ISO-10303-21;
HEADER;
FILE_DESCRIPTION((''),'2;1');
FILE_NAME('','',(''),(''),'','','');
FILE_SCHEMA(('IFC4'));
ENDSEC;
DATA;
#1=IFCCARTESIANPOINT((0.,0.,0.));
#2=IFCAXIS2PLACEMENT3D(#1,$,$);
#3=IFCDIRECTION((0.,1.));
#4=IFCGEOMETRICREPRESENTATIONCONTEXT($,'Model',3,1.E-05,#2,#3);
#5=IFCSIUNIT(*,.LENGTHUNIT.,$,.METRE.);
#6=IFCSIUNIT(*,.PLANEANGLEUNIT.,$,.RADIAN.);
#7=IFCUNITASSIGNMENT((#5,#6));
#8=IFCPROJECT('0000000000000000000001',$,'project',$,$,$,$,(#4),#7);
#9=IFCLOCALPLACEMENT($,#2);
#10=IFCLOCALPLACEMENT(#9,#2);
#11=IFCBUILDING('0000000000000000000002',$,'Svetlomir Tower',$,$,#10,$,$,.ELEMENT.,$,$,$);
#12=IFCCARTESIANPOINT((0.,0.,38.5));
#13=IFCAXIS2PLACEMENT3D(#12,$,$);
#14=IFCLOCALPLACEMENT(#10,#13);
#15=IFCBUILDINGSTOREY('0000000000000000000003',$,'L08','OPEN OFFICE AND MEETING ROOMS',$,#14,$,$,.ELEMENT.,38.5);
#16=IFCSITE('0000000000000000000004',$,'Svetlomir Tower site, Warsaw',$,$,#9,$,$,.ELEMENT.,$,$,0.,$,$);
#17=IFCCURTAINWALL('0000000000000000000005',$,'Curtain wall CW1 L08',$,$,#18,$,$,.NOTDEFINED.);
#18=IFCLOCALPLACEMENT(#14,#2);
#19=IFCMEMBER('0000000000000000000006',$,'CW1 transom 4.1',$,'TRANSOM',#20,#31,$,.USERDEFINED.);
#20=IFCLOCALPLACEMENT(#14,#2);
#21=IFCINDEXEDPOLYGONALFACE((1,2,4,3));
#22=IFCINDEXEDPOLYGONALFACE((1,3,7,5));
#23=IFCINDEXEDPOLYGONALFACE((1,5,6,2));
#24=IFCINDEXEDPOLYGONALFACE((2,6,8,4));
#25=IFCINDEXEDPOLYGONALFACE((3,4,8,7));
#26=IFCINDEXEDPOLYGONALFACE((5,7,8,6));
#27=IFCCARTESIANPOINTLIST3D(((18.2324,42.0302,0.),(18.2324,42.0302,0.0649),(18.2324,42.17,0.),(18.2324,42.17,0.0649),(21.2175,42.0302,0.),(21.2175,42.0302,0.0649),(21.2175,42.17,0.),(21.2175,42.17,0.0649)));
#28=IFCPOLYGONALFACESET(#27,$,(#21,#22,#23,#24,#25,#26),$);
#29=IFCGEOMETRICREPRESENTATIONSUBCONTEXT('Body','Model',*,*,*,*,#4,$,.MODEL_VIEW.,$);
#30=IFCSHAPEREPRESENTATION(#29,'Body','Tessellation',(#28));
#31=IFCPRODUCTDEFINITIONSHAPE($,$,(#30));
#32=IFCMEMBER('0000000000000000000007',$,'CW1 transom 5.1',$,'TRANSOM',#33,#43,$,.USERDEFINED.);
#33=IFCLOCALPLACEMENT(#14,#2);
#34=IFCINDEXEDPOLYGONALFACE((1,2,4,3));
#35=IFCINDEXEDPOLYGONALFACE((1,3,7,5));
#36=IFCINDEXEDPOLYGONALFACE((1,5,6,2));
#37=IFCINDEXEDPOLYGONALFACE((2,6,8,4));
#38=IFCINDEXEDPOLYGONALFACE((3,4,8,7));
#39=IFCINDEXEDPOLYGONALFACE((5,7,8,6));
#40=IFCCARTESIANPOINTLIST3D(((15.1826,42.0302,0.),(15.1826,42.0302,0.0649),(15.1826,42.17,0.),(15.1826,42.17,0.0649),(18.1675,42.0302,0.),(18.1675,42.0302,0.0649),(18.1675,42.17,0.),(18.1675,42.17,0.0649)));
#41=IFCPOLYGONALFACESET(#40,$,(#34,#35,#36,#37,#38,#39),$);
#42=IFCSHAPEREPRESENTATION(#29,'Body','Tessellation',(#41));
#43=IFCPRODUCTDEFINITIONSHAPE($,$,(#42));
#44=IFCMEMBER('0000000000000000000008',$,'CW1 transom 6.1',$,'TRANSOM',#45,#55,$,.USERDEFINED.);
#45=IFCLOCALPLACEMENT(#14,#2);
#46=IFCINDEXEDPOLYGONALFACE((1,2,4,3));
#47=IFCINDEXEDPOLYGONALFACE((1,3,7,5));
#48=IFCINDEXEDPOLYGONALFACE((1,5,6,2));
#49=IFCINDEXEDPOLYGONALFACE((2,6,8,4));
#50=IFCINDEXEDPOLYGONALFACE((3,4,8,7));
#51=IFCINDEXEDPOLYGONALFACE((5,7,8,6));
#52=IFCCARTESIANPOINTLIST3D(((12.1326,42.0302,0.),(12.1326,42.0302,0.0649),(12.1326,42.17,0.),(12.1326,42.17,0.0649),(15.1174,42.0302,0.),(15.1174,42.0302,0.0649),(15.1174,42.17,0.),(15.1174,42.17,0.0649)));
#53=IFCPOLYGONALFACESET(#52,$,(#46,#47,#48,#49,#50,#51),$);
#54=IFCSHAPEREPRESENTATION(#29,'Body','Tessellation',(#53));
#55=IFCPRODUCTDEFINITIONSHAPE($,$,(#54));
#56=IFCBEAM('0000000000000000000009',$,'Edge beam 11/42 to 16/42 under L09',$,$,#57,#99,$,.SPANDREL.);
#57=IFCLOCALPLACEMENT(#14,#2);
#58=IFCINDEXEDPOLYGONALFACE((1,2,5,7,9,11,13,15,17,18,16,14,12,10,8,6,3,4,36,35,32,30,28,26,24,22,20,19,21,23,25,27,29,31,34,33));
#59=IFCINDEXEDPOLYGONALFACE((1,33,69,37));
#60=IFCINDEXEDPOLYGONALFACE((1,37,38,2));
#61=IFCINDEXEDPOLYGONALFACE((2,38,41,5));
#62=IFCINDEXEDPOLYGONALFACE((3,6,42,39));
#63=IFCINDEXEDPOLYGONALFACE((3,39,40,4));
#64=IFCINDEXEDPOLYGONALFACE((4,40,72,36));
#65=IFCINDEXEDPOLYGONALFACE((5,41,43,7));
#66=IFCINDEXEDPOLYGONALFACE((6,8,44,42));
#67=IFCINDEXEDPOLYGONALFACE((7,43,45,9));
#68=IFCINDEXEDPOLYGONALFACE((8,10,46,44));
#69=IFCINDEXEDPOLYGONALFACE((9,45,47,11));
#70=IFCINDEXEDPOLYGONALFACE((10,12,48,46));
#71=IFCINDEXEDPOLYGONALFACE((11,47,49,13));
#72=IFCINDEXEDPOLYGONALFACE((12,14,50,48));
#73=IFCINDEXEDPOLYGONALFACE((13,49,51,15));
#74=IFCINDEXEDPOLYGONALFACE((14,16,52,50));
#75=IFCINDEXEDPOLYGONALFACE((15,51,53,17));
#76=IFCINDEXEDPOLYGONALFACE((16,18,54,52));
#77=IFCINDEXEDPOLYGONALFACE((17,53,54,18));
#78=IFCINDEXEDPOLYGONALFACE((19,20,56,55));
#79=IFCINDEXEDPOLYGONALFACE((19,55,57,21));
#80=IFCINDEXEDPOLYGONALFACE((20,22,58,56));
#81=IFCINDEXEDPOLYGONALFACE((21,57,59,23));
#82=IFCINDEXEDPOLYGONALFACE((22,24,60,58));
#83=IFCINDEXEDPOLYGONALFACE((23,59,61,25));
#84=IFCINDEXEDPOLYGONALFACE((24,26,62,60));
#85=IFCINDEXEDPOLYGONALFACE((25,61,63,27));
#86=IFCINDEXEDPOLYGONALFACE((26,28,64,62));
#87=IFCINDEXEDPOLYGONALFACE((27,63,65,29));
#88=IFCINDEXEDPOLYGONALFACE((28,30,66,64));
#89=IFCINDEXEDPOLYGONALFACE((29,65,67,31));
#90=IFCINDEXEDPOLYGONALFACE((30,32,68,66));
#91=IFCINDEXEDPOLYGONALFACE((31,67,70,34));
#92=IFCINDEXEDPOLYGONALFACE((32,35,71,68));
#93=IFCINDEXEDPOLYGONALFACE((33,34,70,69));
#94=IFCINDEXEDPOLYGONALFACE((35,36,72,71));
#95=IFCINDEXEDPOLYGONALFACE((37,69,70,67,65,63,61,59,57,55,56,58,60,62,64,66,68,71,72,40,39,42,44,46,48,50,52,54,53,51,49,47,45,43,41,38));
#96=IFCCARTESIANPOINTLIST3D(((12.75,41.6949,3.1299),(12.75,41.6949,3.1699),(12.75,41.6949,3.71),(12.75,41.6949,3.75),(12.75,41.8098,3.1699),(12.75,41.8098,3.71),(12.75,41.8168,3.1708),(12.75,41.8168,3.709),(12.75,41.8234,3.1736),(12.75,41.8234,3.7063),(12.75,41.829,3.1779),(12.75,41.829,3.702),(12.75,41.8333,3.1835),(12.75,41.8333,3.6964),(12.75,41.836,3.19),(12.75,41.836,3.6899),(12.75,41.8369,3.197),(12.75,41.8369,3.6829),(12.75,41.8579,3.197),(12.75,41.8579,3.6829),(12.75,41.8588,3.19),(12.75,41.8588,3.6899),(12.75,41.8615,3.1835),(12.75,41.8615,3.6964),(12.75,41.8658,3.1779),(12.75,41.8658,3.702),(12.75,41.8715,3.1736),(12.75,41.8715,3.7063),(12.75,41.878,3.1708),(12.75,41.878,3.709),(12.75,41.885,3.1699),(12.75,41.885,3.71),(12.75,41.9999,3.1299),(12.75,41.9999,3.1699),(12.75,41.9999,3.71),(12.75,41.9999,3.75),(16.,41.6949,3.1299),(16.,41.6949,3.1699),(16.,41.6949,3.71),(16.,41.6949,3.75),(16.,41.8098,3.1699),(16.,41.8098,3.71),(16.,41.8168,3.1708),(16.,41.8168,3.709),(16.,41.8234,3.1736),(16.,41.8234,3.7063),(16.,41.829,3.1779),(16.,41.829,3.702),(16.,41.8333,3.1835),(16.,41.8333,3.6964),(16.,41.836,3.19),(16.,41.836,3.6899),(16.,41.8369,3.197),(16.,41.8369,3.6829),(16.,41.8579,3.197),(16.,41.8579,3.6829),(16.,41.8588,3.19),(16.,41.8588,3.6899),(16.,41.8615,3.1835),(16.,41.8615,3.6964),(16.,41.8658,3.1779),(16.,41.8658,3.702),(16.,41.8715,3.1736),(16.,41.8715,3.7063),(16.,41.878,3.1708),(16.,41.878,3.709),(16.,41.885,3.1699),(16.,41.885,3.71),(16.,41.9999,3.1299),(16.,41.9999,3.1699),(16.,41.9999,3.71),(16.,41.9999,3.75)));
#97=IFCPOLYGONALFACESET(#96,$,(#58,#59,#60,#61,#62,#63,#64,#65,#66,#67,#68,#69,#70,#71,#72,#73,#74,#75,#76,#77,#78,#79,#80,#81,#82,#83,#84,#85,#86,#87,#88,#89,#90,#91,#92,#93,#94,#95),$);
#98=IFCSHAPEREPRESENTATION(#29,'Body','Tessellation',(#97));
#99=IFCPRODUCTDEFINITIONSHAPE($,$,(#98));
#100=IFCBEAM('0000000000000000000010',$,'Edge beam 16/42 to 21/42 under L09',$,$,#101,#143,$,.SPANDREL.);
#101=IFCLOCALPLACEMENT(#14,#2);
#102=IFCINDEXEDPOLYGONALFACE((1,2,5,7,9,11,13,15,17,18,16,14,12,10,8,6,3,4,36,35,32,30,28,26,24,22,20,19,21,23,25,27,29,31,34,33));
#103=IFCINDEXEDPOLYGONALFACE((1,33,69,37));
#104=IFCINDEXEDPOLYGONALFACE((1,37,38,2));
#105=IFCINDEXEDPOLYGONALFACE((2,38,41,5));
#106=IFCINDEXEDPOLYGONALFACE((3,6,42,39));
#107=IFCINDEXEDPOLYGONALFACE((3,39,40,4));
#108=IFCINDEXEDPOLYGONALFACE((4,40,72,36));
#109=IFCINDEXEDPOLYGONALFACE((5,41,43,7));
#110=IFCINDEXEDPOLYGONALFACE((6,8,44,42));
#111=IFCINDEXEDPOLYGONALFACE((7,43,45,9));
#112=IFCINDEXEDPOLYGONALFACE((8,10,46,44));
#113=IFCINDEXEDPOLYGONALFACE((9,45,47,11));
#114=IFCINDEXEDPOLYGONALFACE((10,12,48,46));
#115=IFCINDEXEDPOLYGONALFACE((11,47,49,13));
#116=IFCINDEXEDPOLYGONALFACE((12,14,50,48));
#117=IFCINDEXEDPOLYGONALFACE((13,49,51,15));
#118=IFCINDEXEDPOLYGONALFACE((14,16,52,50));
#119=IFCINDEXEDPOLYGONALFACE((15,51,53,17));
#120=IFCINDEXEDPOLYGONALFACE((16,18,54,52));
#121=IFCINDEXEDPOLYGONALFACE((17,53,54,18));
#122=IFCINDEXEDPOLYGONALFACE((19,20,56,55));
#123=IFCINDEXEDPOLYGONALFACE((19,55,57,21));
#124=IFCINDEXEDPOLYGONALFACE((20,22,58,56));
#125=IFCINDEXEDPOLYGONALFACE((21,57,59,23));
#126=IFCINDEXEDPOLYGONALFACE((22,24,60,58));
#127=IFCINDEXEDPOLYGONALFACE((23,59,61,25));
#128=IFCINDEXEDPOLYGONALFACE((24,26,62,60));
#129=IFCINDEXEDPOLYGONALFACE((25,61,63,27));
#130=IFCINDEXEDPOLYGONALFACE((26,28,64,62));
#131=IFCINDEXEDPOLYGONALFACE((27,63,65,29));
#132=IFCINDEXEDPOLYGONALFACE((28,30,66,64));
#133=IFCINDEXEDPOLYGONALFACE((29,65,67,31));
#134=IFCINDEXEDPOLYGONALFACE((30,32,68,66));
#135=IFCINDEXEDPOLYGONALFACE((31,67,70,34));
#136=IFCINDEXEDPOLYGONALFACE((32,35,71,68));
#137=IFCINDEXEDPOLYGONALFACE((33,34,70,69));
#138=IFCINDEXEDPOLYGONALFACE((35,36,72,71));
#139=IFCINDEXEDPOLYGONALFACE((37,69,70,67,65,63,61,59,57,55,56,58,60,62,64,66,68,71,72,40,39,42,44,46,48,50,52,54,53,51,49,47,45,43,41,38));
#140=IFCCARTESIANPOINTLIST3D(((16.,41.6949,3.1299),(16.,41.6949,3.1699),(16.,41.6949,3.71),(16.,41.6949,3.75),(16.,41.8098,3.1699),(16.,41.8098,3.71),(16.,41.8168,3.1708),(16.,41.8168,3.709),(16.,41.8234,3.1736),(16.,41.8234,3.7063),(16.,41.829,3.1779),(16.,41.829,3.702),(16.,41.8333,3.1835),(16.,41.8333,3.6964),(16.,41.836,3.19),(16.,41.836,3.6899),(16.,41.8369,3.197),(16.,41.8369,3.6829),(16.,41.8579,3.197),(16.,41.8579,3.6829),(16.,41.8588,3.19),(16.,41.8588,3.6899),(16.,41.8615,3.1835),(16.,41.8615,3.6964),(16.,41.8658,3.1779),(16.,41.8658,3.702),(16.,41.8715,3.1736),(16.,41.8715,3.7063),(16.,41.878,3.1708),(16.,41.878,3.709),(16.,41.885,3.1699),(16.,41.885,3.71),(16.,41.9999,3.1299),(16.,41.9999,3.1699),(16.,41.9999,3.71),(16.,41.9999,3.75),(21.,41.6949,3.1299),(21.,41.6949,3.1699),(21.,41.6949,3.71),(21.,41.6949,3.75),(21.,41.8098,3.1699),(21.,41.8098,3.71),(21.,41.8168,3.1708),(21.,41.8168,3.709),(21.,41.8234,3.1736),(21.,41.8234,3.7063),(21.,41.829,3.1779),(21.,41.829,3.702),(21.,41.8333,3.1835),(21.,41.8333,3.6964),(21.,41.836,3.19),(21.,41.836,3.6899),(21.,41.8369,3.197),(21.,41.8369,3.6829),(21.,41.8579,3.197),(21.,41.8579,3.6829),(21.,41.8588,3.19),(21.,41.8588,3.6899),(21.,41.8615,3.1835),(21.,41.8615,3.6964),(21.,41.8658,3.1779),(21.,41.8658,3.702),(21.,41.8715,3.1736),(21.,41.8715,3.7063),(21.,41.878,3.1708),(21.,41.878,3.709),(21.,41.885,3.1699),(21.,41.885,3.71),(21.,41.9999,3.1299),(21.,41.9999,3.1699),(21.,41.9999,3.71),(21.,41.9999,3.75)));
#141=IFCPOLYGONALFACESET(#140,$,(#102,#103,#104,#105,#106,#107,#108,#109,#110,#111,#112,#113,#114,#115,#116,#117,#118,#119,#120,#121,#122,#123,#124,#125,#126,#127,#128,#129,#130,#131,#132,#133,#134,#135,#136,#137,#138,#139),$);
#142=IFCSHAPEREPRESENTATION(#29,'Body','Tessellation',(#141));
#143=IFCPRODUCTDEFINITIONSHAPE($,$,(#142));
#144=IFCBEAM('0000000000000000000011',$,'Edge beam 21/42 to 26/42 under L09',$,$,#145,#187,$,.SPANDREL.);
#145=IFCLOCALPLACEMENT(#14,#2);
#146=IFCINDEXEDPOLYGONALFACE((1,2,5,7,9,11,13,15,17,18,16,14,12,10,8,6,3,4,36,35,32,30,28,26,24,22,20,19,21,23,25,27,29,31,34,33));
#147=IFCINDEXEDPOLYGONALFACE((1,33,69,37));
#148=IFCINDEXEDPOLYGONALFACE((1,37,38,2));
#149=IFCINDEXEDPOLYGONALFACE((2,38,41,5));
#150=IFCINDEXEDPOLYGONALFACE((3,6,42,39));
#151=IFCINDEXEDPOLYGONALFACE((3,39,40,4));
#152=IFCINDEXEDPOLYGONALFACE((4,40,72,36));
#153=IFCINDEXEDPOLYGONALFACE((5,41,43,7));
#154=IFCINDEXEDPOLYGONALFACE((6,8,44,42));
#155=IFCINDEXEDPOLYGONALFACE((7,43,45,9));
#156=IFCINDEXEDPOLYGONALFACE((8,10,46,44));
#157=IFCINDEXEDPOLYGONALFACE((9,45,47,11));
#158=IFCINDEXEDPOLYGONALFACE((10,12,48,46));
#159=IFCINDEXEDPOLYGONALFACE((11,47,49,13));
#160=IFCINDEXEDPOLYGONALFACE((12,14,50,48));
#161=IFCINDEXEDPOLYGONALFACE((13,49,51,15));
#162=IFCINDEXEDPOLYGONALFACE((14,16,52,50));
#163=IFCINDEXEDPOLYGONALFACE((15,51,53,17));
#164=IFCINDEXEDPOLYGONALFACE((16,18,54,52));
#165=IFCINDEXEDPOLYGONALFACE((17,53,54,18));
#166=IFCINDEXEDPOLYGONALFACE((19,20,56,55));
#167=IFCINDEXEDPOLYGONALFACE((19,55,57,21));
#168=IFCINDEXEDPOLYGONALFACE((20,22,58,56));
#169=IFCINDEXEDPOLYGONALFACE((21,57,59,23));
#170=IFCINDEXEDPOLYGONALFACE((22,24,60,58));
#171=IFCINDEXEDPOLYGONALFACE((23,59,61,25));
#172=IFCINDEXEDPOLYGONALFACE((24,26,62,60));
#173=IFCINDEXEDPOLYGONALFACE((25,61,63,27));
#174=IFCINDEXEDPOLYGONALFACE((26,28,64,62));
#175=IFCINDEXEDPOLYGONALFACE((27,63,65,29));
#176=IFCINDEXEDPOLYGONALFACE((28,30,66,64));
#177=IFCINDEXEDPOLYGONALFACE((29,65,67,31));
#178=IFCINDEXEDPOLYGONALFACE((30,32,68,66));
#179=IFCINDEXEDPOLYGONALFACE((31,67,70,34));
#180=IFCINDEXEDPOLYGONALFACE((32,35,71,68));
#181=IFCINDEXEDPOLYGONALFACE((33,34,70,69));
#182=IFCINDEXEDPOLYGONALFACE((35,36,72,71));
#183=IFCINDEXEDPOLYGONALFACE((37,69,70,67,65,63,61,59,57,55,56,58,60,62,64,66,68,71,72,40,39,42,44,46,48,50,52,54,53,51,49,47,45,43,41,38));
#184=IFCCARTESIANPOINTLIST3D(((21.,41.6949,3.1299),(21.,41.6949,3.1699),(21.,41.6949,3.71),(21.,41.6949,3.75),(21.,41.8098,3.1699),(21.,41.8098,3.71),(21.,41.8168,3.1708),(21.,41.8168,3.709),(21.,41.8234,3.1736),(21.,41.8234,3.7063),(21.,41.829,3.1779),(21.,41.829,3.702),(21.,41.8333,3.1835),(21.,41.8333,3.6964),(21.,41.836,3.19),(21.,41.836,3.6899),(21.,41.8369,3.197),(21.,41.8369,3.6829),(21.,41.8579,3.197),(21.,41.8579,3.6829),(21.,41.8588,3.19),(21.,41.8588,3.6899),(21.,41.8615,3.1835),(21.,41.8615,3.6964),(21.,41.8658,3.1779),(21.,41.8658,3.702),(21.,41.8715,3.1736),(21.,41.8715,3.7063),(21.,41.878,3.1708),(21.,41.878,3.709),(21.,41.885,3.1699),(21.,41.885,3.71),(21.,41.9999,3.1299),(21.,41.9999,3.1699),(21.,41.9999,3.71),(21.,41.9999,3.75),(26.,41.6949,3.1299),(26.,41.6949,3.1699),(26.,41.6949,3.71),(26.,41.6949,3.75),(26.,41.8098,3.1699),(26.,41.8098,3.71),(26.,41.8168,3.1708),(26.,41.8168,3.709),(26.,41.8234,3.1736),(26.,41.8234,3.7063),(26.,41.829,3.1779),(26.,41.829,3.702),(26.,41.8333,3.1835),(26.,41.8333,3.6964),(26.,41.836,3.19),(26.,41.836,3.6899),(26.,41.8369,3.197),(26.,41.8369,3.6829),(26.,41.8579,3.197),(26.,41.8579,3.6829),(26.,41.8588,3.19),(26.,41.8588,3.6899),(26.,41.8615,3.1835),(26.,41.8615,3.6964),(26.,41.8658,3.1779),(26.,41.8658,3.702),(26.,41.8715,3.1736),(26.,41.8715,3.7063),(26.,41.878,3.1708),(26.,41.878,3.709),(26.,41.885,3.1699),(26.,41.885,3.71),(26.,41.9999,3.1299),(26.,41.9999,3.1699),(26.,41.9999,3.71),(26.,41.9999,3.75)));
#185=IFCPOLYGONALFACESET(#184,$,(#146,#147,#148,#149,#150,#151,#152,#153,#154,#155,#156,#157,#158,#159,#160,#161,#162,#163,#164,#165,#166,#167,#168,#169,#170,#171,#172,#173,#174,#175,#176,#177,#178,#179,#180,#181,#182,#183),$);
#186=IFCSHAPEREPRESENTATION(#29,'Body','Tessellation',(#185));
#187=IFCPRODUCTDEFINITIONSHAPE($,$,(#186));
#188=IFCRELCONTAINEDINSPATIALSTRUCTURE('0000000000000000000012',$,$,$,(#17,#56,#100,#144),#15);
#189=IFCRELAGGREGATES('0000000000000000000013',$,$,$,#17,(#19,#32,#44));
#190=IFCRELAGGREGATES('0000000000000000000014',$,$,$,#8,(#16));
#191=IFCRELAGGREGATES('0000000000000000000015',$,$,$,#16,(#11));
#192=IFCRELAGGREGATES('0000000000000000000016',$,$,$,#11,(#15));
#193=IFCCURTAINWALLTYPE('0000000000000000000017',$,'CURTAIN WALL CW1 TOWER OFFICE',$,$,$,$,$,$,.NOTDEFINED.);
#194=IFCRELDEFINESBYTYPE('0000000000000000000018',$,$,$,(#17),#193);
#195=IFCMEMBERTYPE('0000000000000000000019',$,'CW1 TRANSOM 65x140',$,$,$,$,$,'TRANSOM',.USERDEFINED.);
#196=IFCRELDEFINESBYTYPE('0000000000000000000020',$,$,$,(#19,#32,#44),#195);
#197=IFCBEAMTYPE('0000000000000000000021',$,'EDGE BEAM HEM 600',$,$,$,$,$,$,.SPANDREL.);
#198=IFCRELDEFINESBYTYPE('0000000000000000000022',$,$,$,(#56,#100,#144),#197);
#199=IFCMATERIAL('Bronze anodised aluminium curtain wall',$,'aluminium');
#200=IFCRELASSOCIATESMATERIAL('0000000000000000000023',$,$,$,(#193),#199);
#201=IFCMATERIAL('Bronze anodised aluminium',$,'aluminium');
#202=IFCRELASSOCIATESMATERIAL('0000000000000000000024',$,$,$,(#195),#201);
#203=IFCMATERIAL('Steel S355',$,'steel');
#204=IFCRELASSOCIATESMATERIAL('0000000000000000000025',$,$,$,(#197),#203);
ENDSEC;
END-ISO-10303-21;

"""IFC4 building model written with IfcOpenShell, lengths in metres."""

from ifc_helpers import new_model, si_unit, direction, frame, origin, origin_2d, place, context, subcontext, project, spatial, rectangle, i_section, extrude, material, material_profile, profile_set, type_object, element, aggregate, save


model = new_model("IFC4")

# Units and contexts
model_context = context("Model", 3, precision=1e-05, world=origin(), true_north=direction((0.0, 1.0)))
body_context = subcontext(model_context, "Body", "Model", "MODEL_VIEW")
ifc_project = project(units=[si_unit("LENGTHUNIT", "METRE"), si_unit("PLANEANGLEUNIT", "RADIAN")], contexts=[model_context])

# Site, building, storey
site_placement = place(None, origin())
site = spatial("IfcSite", under=ifc_project, at=site_placement, Name="Svetlomir Tower site, Warsaw", CompositionType="ELEMENT", RefElevation=0.0)
building_placement = place(site_placement, origin())
building = spatial("IfcBuilding", under=site, at=building_placement, Name="Svetlomir Tower", CompositionType="ELEMENT")
storey_placement = place(building_placement, frame((0.0, 0.0, 38.5)))
storey = spatial("IfcBuildingStorey", under=building, at=storey_placement, Name="L08", Description="OPEN OFFICE AND MEETING ROOMS", CompositionType="ELEMENT", Elevation=38.5)

# Curtain wall, members
ifc_material_1 = material(Name="Bronze anodised aluminium curtain wall", Category="aluminium")
curtain_wall_type = type_object("IfcCurtainWallType", Name="CURTAIN WALL CW1 TOWER OFFICE", PredefinedType="NOTDEFINED", material=ifc_material_1)
curtain_wall_placement = place(storey_placement, origin())
curtain_wall = element("IfcCurtainWall", 1, at=curtain_wall_placement, inside=storey, type_object=curtain_wall_type, Name="Curtain wall CW1 L08", PredefinedType="NOTDEFINED")
ifc_material_2 = material(Name="Bronze anodised aluminium", Category="aluminium")
ifc_material_profile_1 = material_profile(ifc_material_2, rectangle(XDim=0.1399, YDim=0.0649, at=origin_2d()), Name="AL 140x65")
ifc_profile_set_1 = profile_set([ifc_material_profile_1], Name="Bronze anodised aluminium 6063-T6")
member_type_1 = type_object("IfcMemberType", Name="CW1 TRANSOM 65x140", ElementType="TRANSOM", PredefinedType="USERDEFINED", material=ifc_profile_set_1)
member_1_placement = place(storey_placement, frame((21.2175, 42.1001, 0.0325), z_axis=(-1.0, 0.0, 0.0), x_axis=(0.0, -1.0, 0.0)))
member_1 = element("IfcMember", 2, at=member_1_placement, type_object=member_type_1, Name="CW1 transom 4.1", ObjectType="TRANSOM", PredefinedType="USERDEFINED", context=body_context, shape_type="SweptSolid", body=[
    extrude(rectangle(XDim=0.1399, YDim=0.0649, at=origin_2d()), origin(), (0.0, 0.0, 1.0), 2.9851),
])
member_2_placement = place(storey_placement, frame((18.1675, 42.1001, 0.0325), z_axis=(-1.0, 0.0, 0.0), x_axis=(0.0, -1.0, 0.0)))
member_2 = element("IfcMember", 3, at=member_2_placement, type_object=member_type_1, Name="CW1 transom 5.1", ObjectType="TRANSOM", PredefinedType="USERDEFINED", context=body_context, shape_type="SweptSolid", body=[
    extrude(rectangle(XDim=0.1399, YDim=0.0649, at=origin_2d()), origin(), (0.0, 0.0, 1.0), 2.9849),
])
member_3_placement = place(storey_placement, frame((15.1174, 42.1001, 0.0325), z_axis=(-1.0, 0.0, 0.0), x_axis=(0.0, -1.0, 0.0)))
member_3 = element("IfcMember", 4, at=member_3_placement, type_object=member_type_1, Name="CW1 transom 6.1", ObjectType="TRANSOM", PredefinedType="USERDEFINED", context=body_context, shape_type="SweptSolid", body=[
    extrude(rectangle(XDim=0.1399, YDim=0.0649, at=origin_2d()), origin(), (0.0, 0.0, 1.0), 2.9849),
])

# Beams
ifc_material_3 = material(Name="Steel S355", Category="steel")
ifc_material_profile_2 = material_profile(ifc_material_3, i_section(OverallWidth=0.3049, OverallDepth=0.6201, WebThickness=0.021, FlangeThickness=0.04, FilletRadius=0.0271, at=origin_2d()), Name="HEM 600")
ifc_profile_set_2 = profile_set([ifc_material_profile_2], Name="Steel S355")
beam_type_1 = type_object("IfcBeamType", Name="EDGE BEAM HEM 600", PredefinedType="SPANDREL", material=ifc_profile_set_2)
beam_1_placement = place(storey_placement, frame((12.75, 41.8474, 3.4399), z_axis=(1.0, 0.0, 0.0), x_axis=(0.0, 1.0, 0.0)))
element("IfcBeam", 5, at=beam_1_placement, inside=storey, type_object=beam_type_1, Name="Edge beam 11/42 to 16/42 under L09", PredefinedType="SPANDREL", context=body_context, shape_type="SweptSolid", body=[
    extrude(i_section(OverallWidth=0.3049, OverallDepth=0.6201, WebThickness=0.021, FlangeThickness=0.04, FilletRadius=0.0271, at=origin_2d()), origin(), (0.0, 0.0, 1.0), 3.25),
])
for number, where, z_axis, x_axis, name in (
    (6, (16.0, 41.8474, 3.4399), (1.0, 0.0, 0.0), (0.0, 1.0, 0.0), "Edge beam 16/42 to 21/42 under L09"),
    (7, (21.0, 41.8474, 3.4399), (1.0, 0.0, 0.0), (0.0, 1.0, 0.0), "Edge beam 21/42 to 26/42 under L09"),
):
    element("IfcBeam", number, at=place(storey_placement, frame(where, z_axis=z_axis, x_axis=x_axis)), inside=storey, type_object=beam_type_1, Name=name, PredefinedType="SPANDREL", context=body_context, shape_type="SweptSolid", body=[
        extrude(i_section(OverallWidth=0.3049, OverallDepth=0.6201, WebThickness=0.021, FlangeThickness=0.04, FilletRadius=0.0271, at=origin_2d()), origin(), (0.0, 0.0, 1.0), 5.0),
    ])

aggregate(curtain_wall, [member_1, member_2, member_3])

save(model, "model.ifc")
